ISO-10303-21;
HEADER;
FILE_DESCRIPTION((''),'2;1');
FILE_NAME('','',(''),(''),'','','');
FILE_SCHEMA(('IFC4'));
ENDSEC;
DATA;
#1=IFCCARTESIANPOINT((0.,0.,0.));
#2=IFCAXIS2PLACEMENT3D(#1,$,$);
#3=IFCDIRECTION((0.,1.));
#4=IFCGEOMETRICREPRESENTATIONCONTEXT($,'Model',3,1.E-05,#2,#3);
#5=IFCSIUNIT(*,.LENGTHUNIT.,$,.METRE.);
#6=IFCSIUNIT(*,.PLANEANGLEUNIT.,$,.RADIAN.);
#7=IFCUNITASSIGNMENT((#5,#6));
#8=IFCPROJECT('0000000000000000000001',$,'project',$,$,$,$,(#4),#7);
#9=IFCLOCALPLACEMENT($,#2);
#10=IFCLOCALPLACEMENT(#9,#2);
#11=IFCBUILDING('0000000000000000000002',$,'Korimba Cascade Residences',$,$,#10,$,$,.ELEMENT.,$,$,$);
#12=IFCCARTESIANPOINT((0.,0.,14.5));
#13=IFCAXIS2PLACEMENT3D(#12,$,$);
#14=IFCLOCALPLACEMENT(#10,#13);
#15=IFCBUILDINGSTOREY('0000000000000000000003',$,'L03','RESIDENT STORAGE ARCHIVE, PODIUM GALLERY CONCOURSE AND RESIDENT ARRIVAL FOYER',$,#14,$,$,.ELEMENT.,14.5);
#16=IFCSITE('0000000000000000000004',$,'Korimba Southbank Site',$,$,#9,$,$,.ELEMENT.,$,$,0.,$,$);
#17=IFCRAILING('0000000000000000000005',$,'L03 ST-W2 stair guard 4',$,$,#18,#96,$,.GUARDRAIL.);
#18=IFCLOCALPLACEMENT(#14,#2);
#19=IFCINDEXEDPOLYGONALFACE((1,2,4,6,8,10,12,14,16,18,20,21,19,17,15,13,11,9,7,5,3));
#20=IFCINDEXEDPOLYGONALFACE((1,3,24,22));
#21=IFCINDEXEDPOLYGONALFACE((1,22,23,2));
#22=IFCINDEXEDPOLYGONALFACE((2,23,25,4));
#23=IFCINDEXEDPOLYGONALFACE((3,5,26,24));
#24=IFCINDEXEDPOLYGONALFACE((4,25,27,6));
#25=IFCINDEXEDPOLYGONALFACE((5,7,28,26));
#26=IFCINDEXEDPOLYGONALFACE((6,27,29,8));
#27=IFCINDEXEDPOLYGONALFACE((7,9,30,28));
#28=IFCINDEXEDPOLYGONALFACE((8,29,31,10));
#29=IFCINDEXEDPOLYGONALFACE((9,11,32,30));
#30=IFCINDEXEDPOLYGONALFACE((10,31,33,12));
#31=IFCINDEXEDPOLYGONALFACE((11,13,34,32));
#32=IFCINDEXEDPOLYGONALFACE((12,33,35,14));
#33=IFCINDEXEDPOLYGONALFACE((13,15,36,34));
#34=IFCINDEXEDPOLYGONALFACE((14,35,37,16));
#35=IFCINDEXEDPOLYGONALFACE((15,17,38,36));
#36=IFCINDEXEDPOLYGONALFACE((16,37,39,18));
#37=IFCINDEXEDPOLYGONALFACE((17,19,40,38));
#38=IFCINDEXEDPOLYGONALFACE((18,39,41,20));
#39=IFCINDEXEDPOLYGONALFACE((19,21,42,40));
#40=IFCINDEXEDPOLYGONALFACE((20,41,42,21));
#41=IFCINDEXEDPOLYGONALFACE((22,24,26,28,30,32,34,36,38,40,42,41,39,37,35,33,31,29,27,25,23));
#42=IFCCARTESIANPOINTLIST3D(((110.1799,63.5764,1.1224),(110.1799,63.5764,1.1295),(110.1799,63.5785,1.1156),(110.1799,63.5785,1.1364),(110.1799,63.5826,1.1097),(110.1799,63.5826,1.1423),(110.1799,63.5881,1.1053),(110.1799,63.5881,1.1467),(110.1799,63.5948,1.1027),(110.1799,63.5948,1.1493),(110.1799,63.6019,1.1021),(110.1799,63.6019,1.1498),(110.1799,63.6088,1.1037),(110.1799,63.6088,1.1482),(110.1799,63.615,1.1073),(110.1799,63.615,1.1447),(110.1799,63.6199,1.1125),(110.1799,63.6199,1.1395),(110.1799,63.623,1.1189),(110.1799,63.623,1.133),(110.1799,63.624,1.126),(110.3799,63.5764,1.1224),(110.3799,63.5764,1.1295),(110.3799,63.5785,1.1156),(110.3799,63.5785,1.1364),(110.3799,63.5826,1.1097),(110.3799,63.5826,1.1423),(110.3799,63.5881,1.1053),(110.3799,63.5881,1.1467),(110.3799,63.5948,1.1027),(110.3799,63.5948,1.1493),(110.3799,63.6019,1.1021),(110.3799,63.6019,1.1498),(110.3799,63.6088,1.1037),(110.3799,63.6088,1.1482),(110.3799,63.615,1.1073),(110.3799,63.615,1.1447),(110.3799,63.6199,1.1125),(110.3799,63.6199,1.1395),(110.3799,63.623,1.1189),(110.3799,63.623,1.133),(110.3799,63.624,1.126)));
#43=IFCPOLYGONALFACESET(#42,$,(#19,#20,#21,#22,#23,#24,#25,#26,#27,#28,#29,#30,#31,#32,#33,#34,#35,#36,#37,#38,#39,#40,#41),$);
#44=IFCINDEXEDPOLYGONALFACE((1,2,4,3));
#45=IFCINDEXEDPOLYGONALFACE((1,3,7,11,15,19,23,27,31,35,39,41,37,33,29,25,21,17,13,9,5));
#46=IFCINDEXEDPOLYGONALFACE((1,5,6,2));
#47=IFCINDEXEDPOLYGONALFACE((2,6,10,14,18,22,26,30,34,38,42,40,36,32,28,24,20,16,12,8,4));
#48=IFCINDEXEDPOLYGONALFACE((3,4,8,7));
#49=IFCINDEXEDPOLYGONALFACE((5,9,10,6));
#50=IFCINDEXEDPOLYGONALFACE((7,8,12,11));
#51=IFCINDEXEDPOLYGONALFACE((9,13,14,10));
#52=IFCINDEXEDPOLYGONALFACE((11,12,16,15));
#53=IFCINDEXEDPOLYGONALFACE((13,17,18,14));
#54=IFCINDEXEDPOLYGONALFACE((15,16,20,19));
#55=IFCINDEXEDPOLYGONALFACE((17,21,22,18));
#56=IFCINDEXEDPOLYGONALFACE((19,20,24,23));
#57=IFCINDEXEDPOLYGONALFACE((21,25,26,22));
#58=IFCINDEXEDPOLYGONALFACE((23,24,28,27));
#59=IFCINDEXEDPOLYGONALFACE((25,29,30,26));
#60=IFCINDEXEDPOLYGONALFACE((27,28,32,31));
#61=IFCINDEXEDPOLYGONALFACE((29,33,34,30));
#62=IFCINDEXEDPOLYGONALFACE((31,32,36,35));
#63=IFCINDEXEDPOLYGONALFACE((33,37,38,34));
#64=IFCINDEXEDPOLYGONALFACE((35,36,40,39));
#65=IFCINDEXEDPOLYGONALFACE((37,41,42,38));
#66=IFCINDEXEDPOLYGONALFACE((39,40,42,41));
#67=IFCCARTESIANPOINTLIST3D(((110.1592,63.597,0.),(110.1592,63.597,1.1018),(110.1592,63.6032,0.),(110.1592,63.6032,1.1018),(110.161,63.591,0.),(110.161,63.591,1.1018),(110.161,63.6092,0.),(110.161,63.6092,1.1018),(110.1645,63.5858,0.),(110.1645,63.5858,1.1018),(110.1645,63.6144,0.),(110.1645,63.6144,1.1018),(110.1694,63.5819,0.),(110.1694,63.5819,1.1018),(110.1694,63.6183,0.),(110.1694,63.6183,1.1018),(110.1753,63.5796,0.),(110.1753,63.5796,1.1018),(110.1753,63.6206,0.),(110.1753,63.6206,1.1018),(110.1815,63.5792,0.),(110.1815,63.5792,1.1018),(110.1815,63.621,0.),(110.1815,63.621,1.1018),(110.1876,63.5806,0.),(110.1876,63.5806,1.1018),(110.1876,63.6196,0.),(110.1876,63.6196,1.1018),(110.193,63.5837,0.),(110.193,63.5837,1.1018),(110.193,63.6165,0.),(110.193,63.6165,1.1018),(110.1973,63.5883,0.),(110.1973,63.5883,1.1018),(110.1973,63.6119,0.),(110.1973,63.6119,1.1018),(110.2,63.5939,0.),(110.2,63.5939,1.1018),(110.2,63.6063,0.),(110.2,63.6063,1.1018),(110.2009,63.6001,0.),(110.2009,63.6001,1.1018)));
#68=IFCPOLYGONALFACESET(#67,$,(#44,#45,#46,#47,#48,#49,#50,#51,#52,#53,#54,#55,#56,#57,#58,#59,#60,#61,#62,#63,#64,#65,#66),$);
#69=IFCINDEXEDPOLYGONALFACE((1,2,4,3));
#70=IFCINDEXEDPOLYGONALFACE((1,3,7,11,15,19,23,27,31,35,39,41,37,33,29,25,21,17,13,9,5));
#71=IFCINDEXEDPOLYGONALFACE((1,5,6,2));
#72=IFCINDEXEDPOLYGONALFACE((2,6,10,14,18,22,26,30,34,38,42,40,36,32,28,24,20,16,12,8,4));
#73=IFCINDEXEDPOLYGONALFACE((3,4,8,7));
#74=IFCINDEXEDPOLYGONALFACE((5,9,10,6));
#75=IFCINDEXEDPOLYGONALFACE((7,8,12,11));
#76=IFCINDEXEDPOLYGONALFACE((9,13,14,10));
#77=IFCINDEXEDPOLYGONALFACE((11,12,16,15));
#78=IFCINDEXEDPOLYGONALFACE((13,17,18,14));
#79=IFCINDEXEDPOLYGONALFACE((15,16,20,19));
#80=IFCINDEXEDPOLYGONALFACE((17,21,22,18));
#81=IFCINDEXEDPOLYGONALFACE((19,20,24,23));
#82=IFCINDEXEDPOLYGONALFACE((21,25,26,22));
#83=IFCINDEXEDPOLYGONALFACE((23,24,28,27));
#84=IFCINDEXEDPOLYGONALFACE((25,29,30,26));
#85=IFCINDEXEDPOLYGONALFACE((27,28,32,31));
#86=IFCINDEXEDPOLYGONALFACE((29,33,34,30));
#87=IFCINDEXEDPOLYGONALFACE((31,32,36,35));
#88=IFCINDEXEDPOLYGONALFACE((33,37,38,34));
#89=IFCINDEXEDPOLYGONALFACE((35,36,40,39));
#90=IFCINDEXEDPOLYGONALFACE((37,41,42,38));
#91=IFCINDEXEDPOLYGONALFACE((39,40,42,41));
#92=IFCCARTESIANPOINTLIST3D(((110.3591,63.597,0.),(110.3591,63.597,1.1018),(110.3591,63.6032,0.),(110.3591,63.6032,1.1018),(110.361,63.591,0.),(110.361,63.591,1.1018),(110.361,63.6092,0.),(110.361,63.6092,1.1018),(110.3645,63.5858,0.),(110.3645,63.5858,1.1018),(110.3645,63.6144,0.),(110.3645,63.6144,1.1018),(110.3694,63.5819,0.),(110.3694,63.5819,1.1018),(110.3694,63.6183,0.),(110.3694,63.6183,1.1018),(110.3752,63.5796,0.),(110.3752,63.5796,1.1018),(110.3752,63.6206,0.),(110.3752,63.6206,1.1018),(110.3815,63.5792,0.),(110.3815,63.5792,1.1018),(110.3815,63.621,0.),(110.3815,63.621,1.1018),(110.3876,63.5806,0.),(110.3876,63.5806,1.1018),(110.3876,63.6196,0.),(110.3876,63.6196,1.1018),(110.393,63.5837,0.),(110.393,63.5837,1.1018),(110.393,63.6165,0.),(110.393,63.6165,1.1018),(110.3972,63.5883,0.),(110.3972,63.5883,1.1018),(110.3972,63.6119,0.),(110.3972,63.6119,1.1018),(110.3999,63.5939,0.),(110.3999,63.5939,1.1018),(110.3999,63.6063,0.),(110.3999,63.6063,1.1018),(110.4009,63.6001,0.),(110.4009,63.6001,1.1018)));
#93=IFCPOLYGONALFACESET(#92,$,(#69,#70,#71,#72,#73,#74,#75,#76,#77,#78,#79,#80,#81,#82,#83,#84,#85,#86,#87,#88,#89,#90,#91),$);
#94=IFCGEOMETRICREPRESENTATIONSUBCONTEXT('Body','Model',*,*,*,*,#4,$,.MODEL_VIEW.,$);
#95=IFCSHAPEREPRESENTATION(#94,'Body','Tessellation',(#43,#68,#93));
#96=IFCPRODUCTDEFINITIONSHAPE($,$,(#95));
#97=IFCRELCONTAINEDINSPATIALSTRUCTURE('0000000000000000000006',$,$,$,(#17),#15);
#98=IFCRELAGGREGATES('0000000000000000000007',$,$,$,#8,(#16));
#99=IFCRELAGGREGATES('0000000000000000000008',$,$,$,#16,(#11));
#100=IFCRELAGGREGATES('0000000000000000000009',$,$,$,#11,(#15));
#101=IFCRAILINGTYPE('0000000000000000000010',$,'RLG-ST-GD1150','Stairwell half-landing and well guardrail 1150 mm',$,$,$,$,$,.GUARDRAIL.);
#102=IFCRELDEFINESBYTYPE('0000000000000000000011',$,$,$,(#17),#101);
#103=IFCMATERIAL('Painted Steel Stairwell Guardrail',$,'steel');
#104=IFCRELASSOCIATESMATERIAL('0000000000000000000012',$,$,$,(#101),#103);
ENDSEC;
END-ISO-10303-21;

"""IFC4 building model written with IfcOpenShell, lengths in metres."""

from ifc_helpers import new_model, si_unit, direction, frame, origin, origin_2d, place, context, subcontext, project, spatial, circle, extrude, material, type_object, element, save


model = new_model("IFC4")

# Units and contexts
model_context = context("Model", 3, precision=1e-05, world=origin(), true_north=direction((0.0, 1.0)))
body_context = subcontext(model_context, "Body", "Model", "MODEL_VIEW")
ifc_project = project(units=[si_unit("LENGTHUNIT", "METRE"), si_unit("PLANEANGLEUNIT", "RADIAN")], contexts=[model_context])

# Site, building, storey
site_placement = place(None, origin())
site = spatial("IfcSite", under=ifc_project, at=site_placement, Name="Korimba Southbank Site", CompositionType="ELEMENT", RefElevation=0.0)
building_placement = place(site_placement, origin())
building = spatial("IfcBuilding", under=site, at=building_placement, Name="Korimba Cascade Residences", CompositionType="ELEMENT")
storey_placement = place(building_placement, frame((0.0, 0.0, 14.5)))
storey = spatial("IfcBuildingStorey", under=building, at=storey_placement, Name="L03", Description="RESIDENT STORAGE ARCHIVE, PODIUM GALLERY CONCOURSE AND RESIDENT ARRIVAL FOYER", CompositionType="ELEMENT", Elevation=14.5)

# Railing
ifc_material_1 = material(Name="Painted Steel Stairwell Guardrail", Category="steel")
railing_type_1 = type_object("IfcRailingType", Name="RLG-ST-GD1150", Description="Stairwell half-landing and well guardrail 1150 mm", PredefinedType="GUARDRAIL", material=ifc_material_1)
railing_1_placement = place(storey_placement, frame((110.1799, 63.6001, 0.0)))
element("IfcRailing", 1, at=railing_1_placement, inside=storey, type_object=railing_type_1, Name="L03 ST-W2 stair guard 4", PredefinedType="GUARDRAIL", context=body_context, shape_type="SweptSolid", body=[
    extrude(circle(Radius=0.0239, at=origin_2d()), frame((0.0, 0.0, 1.126), z_axis=(1.0, 0.0, 0.0), x_axis=(0.0, 1.0, 0.0)), (0.0, 0.0, 1.0), 0.2),
    extrude(circle(Radius=0.021, at=origin_2d()), origin(), (0.0, 0.0, 1.0), 1.1018),
    extrude(circle(Radius=0.021, at=origin_2d()), frame((0.2, 0.0, 0.0)), (0.0, 0.0, 1.0), 1.1018),
])

save(model, "model.ifc")
